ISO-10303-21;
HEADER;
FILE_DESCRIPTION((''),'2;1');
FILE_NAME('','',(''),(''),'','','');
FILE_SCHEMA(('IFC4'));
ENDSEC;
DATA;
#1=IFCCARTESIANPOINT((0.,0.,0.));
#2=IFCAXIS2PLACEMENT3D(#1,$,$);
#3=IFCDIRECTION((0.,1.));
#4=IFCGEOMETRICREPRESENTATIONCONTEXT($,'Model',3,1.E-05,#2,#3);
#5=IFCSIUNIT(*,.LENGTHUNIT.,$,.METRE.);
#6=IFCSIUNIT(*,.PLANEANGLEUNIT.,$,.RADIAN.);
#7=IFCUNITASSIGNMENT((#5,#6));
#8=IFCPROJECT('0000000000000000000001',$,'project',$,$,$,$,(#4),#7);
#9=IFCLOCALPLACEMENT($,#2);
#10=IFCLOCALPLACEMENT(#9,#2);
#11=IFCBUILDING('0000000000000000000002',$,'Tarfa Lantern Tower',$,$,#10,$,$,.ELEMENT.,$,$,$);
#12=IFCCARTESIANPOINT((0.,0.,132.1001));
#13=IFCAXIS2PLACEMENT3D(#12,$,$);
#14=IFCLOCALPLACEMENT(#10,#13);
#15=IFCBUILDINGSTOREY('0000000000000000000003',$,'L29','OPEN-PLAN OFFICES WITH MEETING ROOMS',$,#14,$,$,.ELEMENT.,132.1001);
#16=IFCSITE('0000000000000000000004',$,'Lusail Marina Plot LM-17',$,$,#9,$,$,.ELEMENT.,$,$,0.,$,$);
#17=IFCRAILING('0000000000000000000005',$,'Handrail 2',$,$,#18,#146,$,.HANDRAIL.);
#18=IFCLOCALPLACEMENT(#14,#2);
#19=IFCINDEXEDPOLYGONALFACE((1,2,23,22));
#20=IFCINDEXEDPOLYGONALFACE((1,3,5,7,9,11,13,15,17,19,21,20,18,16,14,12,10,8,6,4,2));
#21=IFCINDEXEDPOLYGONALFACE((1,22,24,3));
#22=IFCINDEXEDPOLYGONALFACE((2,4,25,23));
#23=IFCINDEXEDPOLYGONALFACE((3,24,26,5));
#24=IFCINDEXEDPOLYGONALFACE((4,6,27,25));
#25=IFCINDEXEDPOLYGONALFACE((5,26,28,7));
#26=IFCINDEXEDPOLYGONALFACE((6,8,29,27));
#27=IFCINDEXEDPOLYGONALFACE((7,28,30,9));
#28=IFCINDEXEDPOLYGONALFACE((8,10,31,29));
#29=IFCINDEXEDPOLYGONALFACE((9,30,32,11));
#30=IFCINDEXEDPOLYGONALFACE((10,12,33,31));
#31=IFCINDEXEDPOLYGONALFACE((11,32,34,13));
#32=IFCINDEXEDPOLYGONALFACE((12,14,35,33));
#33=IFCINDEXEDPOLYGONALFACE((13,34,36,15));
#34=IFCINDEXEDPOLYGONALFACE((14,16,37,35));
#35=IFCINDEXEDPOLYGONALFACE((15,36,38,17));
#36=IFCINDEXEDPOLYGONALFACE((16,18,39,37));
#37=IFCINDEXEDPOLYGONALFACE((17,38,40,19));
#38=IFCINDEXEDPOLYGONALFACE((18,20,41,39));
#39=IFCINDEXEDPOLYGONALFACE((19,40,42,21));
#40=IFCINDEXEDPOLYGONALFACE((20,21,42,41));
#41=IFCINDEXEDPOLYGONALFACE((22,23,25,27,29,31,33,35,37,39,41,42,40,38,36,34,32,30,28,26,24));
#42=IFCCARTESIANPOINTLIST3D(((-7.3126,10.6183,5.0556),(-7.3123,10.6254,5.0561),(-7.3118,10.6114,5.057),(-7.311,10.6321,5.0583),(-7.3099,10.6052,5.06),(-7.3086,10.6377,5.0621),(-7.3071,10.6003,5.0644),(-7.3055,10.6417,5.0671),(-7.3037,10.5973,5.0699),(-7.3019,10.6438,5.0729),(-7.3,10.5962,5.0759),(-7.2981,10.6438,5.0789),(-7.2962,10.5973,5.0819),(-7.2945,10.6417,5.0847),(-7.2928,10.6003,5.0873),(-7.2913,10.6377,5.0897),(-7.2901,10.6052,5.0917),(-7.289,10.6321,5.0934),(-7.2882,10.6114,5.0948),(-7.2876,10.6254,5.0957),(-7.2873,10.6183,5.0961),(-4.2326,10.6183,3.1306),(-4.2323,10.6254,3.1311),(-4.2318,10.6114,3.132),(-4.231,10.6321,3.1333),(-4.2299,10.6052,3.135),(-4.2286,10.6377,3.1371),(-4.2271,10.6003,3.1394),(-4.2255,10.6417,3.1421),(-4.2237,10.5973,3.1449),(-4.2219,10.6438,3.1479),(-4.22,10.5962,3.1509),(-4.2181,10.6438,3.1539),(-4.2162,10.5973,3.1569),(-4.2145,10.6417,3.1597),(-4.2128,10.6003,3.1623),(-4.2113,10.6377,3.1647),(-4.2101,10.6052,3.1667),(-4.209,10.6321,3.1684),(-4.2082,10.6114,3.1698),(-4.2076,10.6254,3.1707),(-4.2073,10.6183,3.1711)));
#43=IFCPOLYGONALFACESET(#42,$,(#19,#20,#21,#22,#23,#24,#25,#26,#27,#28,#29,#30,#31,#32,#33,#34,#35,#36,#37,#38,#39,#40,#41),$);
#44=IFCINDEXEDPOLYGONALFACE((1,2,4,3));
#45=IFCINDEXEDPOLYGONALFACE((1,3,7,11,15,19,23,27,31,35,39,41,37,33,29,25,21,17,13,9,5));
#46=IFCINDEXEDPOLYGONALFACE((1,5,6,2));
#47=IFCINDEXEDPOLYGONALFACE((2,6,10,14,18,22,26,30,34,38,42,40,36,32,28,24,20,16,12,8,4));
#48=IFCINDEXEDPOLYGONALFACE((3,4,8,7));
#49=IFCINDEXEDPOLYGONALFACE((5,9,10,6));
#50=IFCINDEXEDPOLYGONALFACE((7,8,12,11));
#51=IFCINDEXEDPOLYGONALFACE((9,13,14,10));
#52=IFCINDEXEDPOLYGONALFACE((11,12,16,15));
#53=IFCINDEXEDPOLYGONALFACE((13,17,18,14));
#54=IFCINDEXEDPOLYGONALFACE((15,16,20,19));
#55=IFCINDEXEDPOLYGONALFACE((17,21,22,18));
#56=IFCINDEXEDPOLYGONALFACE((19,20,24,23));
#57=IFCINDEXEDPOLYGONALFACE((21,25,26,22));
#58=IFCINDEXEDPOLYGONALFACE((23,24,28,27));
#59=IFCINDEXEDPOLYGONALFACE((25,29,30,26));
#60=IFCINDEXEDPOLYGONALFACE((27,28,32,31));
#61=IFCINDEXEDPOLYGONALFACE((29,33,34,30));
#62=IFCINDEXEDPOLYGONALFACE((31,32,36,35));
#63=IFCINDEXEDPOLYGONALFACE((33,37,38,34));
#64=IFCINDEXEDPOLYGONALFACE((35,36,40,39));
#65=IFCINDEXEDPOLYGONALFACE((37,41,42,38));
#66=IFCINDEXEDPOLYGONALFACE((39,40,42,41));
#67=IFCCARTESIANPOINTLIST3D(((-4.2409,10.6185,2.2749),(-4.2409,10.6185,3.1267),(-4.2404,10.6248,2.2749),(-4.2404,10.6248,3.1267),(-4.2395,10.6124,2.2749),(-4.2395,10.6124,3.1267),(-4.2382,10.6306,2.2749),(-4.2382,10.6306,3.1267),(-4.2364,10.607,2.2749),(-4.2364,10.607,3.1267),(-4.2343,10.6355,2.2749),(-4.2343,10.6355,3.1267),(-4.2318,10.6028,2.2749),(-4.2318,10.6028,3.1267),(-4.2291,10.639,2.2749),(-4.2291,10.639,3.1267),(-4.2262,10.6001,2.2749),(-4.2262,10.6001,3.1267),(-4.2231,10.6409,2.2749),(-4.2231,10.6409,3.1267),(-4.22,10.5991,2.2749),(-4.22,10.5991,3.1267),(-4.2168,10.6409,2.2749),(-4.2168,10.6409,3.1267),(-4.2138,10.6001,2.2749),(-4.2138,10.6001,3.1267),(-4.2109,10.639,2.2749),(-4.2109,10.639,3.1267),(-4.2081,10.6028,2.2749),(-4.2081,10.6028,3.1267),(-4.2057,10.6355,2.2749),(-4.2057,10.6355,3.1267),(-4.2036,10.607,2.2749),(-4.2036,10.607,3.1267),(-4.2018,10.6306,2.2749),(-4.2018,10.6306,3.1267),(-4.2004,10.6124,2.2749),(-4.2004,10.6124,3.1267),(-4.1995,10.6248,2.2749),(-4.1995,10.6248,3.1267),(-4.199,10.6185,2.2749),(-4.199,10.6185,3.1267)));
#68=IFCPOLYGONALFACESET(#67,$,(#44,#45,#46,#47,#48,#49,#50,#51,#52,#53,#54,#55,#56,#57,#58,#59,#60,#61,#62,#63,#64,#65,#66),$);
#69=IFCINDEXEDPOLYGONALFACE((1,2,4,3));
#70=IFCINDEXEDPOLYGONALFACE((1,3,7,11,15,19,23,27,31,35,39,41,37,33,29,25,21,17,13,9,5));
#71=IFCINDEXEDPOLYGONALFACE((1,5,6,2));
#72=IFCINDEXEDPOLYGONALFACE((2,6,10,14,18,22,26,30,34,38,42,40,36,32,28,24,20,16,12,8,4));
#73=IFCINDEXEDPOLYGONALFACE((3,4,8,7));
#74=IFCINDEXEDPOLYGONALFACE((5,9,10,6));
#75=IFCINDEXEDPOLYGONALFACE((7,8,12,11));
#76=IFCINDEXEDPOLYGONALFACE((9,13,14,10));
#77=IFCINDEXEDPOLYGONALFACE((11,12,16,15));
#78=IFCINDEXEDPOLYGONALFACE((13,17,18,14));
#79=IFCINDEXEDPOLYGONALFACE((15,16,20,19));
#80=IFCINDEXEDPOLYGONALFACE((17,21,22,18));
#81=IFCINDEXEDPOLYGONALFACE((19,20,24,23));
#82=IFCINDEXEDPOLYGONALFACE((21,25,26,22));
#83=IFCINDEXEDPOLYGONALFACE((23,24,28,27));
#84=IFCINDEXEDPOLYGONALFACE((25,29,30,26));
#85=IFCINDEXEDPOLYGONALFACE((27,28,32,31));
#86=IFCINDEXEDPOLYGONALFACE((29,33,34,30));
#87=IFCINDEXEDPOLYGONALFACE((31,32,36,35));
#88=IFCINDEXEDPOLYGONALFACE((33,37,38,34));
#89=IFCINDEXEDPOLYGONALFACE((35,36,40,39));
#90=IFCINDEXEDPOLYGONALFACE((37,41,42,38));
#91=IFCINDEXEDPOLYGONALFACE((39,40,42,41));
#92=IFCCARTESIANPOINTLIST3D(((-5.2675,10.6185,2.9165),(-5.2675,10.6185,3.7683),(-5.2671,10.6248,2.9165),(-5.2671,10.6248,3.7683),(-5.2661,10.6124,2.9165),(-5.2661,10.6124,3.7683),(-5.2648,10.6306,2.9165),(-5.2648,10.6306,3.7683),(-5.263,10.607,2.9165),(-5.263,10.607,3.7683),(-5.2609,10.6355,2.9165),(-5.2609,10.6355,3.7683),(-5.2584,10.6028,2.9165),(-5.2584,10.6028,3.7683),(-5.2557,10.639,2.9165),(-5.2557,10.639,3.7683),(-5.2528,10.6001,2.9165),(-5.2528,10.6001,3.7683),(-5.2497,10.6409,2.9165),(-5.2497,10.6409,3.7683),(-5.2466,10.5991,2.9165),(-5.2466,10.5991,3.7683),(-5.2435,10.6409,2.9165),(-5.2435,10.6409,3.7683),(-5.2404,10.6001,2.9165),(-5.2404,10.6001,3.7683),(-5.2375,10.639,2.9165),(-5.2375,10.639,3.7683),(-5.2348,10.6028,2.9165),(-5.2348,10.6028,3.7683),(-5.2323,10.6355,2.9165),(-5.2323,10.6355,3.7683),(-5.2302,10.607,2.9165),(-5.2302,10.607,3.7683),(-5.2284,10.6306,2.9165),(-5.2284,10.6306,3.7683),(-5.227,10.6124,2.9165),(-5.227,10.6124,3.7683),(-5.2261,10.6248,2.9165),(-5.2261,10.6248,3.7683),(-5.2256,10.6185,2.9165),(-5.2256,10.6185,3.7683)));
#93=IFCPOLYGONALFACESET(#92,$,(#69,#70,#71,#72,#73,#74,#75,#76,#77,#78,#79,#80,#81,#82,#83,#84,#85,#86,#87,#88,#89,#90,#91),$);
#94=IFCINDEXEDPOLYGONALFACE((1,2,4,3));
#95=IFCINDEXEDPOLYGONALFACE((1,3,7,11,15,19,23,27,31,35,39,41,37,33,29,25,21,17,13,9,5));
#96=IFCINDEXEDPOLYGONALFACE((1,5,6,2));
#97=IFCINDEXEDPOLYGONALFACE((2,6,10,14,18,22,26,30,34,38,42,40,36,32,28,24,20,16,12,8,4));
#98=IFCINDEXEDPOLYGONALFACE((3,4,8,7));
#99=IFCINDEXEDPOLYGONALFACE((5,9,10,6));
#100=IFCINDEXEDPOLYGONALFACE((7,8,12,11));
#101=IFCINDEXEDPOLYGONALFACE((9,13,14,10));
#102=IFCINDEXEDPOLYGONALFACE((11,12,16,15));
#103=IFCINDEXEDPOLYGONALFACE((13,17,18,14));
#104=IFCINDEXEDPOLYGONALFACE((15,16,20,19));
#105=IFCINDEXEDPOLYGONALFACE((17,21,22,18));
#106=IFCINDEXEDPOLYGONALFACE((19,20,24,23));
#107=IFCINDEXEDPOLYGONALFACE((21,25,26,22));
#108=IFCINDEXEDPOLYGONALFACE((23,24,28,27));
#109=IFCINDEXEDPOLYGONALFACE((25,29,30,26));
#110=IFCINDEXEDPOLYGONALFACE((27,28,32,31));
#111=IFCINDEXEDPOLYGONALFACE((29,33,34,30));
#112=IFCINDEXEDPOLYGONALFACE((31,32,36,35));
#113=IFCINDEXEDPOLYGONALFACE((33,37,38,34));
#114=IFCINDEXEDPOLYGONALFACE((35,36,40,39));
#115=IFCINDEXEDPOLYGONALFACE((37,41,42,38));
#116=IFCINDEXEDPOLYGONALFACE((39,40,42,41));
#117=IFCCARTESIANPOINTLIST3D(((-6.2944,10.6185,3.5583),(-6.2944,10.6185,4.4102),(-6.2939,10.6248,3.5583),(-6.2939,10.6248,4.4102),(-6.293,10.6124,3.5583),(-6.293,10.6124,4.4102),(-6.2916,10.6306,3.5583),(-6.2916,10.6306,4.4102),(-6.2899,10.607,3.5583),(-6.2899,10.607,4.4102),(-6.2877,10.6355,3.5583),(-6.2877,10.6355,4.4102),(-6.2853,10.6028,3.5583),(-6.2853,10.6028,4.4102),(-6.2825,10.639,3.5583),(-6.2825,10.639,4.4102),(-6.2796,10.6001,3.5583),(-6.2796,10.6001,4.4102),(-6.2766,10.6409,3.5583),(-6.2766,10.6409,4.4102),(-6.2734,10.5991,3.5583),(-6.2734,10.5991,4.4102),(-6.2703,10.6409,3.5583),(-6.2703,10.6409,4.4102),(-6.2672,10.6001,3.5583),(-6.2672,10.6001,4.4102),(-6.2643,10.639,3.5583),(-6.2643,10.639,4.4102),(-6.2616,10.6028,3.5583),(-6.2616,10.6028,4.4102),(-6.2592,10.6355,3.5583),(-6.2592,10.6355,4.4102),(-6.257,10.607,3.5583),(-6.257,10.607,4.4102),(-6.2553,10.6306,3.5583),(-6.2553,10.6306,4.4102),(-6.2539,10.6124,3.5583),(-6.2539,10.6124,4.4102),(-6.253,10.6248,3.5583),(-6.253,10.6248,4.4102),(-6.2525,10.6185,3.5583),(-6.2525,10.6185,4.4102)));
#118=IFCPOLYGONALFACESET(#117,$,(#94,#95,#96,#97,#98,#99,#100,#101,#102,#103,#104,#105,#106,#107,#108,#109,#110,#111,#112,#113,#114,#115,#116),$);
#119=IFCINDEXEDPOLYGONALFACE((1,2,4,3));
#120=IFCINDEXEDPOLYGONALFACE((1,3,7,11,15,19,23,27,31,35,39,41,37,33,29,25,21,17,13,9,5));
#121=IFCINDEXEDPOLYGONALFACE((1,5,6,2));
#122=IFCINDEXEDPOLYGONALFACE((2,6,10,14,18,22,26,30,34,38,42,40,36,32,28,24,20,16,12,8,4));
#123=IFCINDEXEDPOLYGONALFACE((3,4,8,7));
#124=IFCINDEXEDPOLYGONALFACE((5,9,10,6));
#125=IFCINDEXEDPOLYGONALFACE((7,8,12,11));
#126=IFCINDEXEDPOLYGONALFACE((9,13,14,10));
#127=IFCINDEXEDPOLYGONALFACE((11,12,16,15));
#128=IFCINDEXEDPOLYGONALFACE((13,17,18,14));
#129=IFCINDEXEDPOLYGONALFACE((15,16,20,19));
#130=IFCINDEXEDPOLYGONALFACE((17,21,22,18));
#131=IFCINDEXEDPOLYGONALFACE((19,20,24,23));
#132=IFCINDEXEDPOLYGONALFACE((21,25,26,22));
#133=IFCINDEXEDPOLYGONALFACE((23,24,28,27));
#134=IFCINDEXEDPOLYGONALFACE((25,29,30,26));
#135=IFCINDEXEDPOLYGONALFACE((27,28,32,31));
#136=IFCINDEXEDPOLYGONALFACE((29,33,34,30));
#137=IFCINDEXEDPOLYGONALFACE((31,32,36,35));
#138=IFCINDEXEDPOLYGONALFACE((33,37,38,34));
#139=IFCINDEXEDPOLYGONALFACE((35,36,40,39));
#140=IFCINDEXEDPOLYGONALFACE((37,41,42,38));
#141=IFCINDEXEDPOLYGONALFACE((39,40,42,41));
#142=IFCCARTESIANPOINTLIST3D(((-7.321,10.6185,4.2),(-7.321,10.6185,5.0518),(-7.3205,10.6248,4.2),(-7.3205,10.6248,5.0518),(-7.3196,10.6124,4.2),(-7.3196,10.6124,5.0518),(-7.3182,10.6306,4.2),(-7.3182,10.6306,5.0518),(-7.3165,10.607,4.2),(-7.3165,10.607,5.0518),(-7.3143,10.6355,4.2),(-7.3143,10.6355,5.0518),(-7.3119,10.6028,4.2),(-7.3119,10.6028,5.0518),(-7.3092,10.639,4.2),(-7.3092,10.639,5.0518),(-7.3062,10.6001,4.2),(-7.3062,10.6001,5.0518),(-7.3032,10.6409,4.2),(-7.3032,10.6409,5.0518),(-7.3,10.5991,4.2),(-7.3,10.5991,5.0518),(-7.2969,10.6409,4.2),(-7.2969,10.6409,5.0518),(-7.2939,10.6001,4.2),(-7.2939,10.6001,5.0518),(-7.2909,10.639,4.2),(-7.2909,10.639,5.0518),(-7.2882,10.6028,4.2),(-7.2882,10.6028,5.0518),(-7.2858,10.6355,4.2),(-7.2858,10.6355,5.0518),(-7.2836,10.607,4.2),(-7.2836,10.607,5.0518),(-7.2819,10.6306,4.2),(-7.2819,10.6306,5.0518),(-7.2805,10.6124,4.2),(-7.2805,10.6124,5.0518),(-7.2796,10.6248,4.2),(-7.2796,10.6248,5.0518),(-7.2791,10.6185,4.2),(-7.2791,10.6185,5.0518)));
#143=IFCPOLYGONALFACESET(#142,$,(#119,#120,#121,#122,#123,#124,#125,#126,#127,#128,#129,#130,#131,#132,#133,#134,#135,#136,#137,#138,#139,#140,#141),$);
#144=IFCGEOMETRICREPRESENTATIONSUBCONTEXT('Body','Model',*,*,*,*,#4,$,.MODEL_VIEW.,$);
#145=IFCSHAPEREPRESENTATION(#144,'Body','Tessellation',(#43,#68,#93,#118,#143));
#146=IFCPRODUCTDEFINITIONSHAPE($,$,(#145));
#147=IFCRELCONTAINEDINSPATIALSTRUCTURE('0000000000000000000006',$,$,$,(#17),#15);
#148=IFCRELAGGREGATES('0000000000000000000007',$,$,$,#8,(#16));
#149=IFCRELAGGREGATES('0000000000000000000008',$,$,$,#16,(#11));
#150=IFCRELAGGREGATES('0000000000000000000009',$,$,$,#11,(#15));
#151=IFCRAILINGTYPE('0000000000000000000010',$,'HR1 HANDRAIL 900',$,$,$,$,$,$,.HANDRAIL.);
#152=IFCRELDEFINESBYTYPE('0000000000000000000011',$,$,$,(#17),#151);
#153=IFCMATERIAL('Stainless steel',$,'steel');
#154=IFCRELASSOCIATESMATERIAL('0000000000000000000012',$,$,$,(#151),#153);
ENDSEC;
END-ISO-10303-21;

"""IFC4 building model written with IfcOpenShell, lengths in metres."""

from ifc_helpers import new_model, si_unit, direction, frame, origin, origin_2d, place, context, subcontext, project, spatial, circle, extrude, material, type_object, element, save


model = new_model("IFC4")

# Units and contexts
model_context = context("Model", 3, precision=1e-05, world=origin(), true_north=direction((0.0, 1.0)))
body_context = subcontext(model_context, "Body", "Model", "MODEL_VIEW")
ifc_project = project(units=[si_unit("LENGTHUNIT", "METRE"), si_unit("PLANEANGLEUNIT", "RADIAN")], contexts=[model_context])

# Site, building, storey
site_placement = place(None, origin())
site = spatial("IfcSite", under=ifc_project, at=site_placement, Name="Lusail Marina Plot LM-17", CompositionType="ELEMENT", RefElevation=0.0)
building_placement = place(site_placement, origin())
building = spatial("IfcBuilding", under=site, at=building_placement, Name="Tarfa Lantern Tower", CompositionType="ELEMENT")
storey_placement = place(building_placement, frame((0.0, 0.0, 132.1001)))
storey = spatial("IfcBuildingStorey", under=building, at=storey_placement, Name="L29", Description="OPEN-PLAN OFFICES WITH MEETING ROOMS", CompositionType="ELEMENT", Elevation=132.1001)

# Railing
ifc_material_1 = material(Name="Stainless steel", Category="steel")
railing_type = type_object("IfcRailingType", Name="HR1 HANDRAIL 900", PredefinedType="HANDRAIL", material=ifc_material_1)
railing_1_placement = place(storey_placement, frame((-4.22, 10.6201, 2.2749)))
element("IfcRailing", 1, at=railing_1_placement, inside=storey, type_object=railing_type, Name="Handrail 2", PredefinedType="HANDRAIL", context=body_context, shape_type="SweptSolid", body=[
    extrude(circle(Radius=0.0239, at=origin_2d()), frame((0.0, 0.0, 0.876), z_axis=(-0.847998, 0.0, 0.529999), x_axis=(0.0, -1.0, 0.0)), (0.0, 0.0, 1.0), 3.6321),
    extrude(circle(Radius=0.021, at=origin_2d()), frame((0.0, 0.0, 0.0), z_axis=(0.0, 0.0, 1.0), x_axis=(0.0, -1.0, 0.0)), (0.0, 0.0, 1.0), 0.8518),
    extrude(circle(Radius=0.021, at=origin_2d()), frame((-1.0266, 0.0, 0.6416), z_axis=(0.0, 0.0, 1.0), x_axis=(0.0, -1.0, 0.0)), (0.0, 0.0, 1.0), 0.8518),
    extrude(circle(Radius=0.021, at=origin_2d()), frame((-2.0535, 0.0, 1.2834), z_axis=(0.0, 0.0, 1.0), x_axis=(0.0, -1.0, 0.0)), (0.0, 0.0, 1.0), 0.8518),
    extrude(circle(Radius=0.021, at=origin_2d()), frame((-3.0801, 0.0, 1.925), z_axis=(0.0, 0.0, 1.0), x_axis=(0.0, -1.0, 0.0)), (0.0, 0.0, 1.0), 0.8518),
])

save(model, "model.ifc")
